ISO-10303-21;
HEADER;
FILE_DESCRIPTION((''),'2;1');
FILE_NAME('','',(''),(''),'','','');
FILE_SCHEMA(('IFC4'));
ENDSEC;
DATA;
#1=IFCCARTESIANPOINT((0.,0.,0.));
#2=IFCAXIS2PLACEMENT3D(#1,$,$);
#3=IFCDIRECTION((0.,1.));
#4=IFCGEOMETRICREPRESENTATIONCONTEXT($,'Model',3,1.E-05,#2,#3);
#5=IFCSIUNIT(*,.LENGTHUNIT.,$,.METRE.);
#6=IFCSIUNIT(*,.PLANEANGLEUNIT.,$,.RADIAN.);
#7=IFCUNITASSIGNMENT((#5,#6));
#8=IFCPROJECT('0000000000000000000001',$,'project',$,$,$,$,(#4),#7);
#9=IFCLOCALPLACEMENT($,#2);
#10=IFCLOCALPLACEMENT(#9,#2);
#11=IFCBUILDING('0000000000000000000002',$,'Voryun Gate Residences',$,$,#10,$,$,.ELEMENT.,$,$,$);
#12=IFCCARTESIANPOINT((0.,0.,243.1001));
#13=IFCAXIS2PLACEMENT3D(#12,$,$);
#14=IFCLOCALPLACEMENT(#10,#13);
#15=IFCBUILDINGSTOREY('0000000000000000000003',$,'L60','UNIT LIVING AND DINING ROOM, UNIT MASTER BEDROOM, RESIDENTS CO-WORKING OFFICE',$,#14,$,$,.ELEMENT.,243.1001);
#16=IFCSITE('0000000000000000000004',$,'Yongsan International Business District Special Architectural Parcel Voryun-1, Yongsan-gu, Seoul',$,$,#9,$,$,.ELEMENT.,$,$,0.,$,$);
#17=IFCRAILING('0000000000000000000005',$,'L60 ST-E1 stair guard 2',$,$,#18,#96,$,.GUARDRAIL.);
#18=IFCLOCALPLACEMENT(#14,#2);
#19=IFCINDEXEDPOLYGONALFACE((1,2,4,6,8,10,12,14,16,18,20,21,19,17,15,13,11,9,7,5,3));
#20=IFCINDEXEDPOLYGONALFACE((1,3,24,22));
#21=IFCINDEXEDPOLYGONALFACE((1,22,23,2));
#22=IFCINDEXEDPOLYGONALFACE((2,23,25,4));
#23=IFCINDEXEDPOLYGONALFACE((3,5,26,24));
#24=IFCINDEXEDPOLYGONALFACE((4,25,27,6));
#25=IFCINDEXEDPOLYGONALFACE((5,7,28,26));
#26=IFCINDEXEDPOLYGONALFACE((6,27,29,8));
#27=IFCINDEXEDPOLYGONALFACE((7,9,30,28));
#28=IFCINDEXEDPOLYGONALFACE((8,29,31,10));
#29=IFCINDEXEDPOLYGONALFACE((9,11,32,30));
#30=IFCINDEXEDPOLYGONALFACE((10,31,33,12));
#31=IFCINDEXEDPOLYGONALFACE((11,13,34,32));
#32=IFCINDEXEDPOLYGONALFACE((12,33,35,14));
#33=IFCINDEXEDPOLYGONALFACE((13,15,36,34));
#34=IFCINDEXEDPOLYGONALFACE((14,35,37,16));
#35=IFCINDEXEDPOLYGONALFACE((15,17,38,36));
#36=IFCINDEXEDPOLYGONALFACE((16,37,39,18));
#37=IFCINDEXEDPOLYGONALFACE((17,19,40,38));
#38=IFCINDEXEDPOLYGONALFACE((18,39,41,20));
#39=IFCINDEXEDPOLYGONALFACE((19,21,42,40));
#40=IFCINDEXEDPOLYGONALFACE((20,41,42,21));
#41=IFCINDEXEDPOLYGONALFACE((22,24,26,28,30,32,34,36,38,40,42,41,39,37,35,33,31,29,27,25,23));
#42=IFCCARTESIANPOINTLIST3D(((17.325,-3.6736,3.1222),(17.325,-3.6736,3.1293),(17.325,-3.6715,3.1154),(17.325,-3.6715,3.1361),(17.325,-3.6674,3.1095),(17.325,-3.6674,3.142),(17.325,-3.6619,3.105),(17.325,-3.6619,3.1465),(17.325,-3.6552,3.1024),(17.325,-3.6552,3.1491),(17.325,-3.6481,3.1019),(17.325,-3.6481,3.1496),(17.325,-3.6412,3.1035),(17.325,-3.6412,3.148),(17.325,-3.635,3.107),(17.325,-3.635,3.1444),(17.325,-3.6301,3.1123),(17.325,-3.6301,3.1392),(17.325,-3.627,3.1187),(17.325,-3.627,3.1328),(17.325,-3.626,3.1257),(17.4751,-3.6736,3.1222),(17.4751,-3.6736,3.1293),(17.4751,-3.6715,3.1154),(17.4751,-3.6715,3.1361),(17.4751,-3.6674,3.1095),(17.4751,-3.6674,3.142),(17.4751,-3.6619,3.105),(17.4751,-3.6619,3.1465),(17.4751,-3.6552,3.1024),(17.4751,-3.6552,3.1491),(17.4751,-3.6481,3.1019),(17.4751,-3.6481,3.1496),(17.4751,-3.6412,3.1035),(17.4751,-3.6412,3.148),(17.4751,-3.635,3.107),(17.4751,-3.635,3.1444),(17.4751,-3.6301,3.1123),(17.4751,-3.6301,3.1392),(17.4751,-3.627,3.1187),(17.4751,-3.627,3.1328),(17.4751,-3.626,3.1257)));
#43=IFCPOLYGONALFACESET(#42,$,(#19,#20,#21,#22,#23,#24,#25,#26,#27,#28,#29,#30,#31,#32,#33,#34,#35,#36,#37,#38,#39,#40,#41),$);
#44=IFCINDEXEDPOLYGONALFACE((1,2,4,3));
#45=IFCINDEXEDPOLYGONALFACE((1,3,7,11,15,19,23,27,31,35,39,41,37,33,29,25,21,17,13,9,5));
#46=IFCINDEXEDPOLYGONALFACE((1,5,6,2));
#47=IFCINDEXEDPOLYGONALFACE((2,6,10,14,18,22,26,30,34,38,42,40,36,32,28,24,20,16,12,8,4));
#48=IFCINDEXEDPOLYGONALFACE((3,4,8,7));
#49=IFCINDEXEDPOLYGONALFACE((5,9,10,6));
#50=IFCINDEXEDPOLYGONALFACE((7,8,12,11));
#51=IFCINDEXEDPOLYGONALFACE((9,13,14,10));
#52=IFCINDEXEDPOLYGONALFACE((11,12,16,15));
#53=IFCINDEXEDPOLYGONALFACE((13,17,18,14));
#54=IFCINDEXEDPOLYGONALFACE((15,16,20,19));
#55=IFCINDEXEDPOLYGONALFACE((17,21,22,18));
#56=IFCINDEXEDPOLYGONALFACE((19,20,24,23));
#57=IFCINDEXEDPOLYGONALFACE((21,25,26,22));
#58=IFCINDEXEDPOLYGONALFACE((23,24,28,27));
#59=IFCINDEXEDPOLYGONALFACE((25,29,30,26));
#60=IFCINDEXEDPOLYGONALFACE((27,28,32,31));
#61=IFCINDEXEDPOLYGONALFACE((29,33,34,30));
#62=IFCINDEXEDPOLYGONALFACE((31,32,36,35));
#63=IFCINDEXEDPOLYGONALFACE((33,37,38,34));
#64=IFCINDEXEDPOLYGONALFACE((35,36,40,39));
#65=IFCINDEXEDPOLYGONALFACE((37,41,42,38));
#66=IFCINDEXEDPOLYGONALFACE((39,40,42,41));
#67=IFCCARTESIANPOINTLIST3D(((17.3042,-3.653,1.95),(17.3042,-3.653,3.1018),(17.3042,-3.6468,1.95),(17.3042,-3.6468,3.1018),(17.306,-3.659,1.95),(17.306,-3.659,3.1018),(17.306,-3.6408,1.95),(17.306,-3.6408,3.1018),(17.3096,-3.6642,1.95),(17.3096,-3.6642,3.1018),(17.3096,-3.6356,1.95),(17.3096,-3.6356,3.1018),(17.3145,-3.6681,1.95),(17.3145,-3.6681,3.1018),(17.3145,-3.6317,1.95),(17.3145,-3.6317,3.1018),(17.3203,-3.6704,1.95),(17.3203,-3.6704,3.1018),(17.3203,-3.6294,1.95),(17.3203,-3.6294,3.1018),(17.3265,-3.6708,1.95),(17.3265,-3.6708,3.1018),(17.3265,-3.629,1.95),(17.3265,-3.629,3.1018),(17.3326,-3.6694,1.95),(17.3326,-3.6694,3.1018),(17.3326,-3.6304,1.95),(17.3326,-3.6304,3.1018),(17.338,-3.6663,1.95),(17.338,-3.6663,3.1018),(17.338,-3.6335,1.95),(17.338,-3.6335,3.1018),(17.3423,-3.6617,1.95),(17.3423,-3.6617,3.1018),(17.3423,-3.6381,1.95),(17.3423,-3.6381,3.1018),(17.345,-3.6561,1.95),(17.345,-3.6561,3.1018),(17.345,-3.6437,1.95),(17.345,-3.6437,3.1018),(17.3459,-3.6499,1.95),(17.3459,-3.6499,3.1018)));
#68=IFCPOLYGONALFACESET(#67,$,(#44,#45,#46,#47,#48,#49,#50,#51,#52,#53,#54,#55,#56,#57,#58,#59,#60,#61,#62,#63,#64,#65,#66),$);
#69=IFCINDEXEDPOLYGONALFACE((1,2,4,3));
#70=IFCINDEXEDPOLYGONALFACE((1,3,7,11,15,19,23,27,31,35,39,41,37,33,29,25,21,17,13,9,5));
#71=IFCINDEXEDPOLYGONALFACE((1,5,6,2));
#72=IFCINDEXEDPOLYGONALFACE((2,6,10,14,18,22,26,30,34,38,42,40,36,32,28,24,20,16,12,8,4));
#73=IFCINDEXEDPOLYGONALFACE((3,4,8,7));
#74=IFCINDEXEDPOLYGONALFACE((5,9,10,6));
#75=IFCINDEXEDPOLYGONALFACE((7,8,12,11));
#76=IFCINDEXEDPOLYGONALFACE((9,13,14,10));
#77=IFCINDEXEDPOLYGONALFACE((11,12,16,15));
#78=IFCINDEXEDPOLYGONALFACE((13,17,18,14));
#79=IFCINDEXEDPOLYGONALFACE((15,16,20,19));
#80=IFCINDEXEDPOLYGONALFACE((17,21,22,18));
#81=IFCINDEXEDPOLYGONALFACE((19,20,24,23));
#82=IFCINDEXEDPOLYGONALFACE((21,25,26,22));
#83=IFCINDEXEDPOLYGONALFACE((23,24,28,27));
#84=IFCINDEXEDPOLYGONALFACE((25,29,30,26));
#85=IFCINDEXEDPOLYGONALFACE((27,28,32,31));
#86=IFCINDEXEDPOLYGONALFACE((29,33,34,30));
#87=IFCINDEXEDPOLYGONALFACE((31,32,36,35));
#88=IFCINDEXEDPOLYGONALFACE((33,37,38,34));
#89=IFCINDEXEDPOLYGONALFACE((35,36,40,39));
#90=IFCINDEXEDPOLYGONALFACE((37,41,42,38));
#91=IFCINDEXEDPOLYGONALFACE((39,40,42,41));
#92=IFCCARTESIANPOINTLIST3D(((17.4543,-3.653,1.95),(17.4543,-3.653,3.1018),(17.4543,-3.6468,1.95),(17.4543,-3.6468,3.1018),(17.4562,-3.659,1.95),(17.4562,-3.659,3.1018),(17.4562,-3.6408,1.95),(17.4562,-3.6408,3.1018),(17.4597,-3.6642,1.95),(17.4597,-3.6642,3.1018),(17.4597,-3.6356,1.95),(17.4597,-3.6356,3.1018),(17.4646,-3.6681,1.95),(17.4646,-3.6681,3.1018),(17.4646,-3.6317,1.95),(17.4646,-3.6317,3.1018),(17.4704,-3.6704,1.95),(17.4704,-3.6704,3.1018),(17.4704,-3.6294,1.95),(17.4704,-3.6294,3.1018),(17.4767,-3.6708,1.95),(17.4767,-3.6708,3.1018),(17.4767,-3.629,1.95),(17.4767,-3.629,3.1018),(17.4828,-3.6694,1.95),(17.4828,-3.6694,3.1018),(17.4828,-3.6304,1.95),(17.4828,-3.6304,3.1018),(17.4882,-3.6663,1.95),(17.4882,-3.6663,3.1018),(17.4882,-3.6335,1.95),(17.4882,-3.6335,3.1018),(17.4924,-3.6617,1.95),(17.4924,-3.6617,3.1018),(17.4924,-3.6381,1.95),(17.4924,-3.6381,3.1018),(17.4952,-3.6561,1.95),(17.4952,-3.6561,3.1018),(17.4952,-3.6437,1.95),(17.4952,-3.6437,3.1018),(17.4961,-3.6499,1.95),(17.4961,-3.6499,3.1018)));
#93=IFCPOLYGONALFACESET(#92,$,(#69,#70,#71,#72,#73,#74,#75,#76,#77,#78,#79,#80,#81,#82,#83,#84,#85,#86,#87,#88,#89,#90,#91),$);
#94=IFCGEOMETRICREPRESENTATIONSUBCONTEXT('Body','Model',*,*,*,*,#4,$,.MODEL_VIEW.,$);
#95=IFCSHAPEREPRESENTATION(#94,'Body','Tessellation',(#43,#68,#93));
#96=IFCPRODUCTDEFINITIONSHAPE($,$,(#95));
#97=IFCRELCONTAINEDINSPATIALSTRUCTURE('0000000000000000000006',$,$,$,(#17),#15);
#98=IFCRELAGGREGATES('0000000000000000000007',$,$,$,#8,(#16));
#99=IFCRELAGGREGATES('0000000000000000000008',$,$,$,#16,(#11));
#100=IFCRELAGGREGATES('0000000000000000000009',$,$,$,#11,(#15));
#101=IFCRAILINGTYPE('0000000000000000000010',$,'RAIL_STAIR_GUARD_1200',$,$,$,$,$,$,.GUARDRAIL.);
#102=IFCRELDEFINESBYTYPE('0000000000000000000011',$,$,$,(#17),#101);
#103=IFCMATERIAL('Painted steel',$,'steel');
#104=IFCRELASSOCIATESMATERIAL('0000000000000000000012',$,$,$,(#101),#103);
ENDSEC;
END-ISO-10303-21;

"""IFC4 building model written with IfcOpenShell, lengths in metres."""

from ifc_helpers import new_model, si_unit, direction, frame, origin, origin_2d, place, context, subcontext, project, spatial, circle, extrude, material, type_object, element, save


model = new_model("IFC4")

# Units and contexts
model_context = context("Model", 3, precision=1e-05, world=origin(), true_north=direction((0.0, 1.0)))
body_context = subcontext(model_context, "Body", "Model", "MODEL_VIEW")
ifc_project = project(units=[si_unit("LENGTHUNIT", "METRE"), si_unit("PLANEANGLEUNIT", "RADIAN")], contexts=[model_context])

# Site, building, storey
site_placement = place(None, origin())
site = spatial("IfcSite", under=ifc_project, at=site_placement, Name="Yongsan International Business District Special Architectural Parcel Voryun-1, Yongsan-gu, Seoul", CompositionType="ELEMENT", RefElevation=0.0)
building_placement = place(site_placement, origin())
building = spatial("IfcBuilding", under=site, at=building_placement, Name="Voryun Gate Residences", CompositionType="ELEMENT")
storey_placement = place(building_placement, frame((0.0, 0.0, 243.1001)))
storey = spatial("IfcBuildingStorey", under=building, at=storey_placement, Name="L60", Description="UNIT LIVING AND DINING ROOM, UNIT MASTER BEDROOM, RESIDENTS CO-WORKING OFFICE", CompositionType="ELEMENT", Elevation=243.1001)

# Railing
ifc_material_1 = material(Name="Painted steel", Category="steel")
railing_type_1 = type_object("IfcRailingType", Name="RAIL_STAIR_GUARD_1200", PredefinedType="GUARDRAIL", material=ifc_material_1)
railing_1_placement = place(storey_placement, frame((17.325, -3.6499, 1.95)))
element("IfcRailing", 1, at=railing_1_placement, inside=storey, type_object=railing_type_1, Name="L60 ST-E1 stair guard 2", PredefinedType="GUARDRAIL", context=body_context, shape_type="SweptSolid", body=[
    extrude(circle(Radius=0.0239, at=origin_2d()), frame((0.0, 0.0, 1.1758), z_axis=(1.0, 0.0, 0.0), x_axis=(0.0, 1.0, 0.0)), (0.0, 0.0, 1.0), 0.1501),
    extrude(circle(Radius=0.021, at=origin_2d()), origin(), (0.0, 0.0, 1.0), 1.1519),
    extrude(circle(Radius=0.021, at=origin_2d()), frame((0.1501, 0.0, 0.0)), (0.0, 0.0, 1.0), 1.1519),
])

save(model, "model.ifc")
